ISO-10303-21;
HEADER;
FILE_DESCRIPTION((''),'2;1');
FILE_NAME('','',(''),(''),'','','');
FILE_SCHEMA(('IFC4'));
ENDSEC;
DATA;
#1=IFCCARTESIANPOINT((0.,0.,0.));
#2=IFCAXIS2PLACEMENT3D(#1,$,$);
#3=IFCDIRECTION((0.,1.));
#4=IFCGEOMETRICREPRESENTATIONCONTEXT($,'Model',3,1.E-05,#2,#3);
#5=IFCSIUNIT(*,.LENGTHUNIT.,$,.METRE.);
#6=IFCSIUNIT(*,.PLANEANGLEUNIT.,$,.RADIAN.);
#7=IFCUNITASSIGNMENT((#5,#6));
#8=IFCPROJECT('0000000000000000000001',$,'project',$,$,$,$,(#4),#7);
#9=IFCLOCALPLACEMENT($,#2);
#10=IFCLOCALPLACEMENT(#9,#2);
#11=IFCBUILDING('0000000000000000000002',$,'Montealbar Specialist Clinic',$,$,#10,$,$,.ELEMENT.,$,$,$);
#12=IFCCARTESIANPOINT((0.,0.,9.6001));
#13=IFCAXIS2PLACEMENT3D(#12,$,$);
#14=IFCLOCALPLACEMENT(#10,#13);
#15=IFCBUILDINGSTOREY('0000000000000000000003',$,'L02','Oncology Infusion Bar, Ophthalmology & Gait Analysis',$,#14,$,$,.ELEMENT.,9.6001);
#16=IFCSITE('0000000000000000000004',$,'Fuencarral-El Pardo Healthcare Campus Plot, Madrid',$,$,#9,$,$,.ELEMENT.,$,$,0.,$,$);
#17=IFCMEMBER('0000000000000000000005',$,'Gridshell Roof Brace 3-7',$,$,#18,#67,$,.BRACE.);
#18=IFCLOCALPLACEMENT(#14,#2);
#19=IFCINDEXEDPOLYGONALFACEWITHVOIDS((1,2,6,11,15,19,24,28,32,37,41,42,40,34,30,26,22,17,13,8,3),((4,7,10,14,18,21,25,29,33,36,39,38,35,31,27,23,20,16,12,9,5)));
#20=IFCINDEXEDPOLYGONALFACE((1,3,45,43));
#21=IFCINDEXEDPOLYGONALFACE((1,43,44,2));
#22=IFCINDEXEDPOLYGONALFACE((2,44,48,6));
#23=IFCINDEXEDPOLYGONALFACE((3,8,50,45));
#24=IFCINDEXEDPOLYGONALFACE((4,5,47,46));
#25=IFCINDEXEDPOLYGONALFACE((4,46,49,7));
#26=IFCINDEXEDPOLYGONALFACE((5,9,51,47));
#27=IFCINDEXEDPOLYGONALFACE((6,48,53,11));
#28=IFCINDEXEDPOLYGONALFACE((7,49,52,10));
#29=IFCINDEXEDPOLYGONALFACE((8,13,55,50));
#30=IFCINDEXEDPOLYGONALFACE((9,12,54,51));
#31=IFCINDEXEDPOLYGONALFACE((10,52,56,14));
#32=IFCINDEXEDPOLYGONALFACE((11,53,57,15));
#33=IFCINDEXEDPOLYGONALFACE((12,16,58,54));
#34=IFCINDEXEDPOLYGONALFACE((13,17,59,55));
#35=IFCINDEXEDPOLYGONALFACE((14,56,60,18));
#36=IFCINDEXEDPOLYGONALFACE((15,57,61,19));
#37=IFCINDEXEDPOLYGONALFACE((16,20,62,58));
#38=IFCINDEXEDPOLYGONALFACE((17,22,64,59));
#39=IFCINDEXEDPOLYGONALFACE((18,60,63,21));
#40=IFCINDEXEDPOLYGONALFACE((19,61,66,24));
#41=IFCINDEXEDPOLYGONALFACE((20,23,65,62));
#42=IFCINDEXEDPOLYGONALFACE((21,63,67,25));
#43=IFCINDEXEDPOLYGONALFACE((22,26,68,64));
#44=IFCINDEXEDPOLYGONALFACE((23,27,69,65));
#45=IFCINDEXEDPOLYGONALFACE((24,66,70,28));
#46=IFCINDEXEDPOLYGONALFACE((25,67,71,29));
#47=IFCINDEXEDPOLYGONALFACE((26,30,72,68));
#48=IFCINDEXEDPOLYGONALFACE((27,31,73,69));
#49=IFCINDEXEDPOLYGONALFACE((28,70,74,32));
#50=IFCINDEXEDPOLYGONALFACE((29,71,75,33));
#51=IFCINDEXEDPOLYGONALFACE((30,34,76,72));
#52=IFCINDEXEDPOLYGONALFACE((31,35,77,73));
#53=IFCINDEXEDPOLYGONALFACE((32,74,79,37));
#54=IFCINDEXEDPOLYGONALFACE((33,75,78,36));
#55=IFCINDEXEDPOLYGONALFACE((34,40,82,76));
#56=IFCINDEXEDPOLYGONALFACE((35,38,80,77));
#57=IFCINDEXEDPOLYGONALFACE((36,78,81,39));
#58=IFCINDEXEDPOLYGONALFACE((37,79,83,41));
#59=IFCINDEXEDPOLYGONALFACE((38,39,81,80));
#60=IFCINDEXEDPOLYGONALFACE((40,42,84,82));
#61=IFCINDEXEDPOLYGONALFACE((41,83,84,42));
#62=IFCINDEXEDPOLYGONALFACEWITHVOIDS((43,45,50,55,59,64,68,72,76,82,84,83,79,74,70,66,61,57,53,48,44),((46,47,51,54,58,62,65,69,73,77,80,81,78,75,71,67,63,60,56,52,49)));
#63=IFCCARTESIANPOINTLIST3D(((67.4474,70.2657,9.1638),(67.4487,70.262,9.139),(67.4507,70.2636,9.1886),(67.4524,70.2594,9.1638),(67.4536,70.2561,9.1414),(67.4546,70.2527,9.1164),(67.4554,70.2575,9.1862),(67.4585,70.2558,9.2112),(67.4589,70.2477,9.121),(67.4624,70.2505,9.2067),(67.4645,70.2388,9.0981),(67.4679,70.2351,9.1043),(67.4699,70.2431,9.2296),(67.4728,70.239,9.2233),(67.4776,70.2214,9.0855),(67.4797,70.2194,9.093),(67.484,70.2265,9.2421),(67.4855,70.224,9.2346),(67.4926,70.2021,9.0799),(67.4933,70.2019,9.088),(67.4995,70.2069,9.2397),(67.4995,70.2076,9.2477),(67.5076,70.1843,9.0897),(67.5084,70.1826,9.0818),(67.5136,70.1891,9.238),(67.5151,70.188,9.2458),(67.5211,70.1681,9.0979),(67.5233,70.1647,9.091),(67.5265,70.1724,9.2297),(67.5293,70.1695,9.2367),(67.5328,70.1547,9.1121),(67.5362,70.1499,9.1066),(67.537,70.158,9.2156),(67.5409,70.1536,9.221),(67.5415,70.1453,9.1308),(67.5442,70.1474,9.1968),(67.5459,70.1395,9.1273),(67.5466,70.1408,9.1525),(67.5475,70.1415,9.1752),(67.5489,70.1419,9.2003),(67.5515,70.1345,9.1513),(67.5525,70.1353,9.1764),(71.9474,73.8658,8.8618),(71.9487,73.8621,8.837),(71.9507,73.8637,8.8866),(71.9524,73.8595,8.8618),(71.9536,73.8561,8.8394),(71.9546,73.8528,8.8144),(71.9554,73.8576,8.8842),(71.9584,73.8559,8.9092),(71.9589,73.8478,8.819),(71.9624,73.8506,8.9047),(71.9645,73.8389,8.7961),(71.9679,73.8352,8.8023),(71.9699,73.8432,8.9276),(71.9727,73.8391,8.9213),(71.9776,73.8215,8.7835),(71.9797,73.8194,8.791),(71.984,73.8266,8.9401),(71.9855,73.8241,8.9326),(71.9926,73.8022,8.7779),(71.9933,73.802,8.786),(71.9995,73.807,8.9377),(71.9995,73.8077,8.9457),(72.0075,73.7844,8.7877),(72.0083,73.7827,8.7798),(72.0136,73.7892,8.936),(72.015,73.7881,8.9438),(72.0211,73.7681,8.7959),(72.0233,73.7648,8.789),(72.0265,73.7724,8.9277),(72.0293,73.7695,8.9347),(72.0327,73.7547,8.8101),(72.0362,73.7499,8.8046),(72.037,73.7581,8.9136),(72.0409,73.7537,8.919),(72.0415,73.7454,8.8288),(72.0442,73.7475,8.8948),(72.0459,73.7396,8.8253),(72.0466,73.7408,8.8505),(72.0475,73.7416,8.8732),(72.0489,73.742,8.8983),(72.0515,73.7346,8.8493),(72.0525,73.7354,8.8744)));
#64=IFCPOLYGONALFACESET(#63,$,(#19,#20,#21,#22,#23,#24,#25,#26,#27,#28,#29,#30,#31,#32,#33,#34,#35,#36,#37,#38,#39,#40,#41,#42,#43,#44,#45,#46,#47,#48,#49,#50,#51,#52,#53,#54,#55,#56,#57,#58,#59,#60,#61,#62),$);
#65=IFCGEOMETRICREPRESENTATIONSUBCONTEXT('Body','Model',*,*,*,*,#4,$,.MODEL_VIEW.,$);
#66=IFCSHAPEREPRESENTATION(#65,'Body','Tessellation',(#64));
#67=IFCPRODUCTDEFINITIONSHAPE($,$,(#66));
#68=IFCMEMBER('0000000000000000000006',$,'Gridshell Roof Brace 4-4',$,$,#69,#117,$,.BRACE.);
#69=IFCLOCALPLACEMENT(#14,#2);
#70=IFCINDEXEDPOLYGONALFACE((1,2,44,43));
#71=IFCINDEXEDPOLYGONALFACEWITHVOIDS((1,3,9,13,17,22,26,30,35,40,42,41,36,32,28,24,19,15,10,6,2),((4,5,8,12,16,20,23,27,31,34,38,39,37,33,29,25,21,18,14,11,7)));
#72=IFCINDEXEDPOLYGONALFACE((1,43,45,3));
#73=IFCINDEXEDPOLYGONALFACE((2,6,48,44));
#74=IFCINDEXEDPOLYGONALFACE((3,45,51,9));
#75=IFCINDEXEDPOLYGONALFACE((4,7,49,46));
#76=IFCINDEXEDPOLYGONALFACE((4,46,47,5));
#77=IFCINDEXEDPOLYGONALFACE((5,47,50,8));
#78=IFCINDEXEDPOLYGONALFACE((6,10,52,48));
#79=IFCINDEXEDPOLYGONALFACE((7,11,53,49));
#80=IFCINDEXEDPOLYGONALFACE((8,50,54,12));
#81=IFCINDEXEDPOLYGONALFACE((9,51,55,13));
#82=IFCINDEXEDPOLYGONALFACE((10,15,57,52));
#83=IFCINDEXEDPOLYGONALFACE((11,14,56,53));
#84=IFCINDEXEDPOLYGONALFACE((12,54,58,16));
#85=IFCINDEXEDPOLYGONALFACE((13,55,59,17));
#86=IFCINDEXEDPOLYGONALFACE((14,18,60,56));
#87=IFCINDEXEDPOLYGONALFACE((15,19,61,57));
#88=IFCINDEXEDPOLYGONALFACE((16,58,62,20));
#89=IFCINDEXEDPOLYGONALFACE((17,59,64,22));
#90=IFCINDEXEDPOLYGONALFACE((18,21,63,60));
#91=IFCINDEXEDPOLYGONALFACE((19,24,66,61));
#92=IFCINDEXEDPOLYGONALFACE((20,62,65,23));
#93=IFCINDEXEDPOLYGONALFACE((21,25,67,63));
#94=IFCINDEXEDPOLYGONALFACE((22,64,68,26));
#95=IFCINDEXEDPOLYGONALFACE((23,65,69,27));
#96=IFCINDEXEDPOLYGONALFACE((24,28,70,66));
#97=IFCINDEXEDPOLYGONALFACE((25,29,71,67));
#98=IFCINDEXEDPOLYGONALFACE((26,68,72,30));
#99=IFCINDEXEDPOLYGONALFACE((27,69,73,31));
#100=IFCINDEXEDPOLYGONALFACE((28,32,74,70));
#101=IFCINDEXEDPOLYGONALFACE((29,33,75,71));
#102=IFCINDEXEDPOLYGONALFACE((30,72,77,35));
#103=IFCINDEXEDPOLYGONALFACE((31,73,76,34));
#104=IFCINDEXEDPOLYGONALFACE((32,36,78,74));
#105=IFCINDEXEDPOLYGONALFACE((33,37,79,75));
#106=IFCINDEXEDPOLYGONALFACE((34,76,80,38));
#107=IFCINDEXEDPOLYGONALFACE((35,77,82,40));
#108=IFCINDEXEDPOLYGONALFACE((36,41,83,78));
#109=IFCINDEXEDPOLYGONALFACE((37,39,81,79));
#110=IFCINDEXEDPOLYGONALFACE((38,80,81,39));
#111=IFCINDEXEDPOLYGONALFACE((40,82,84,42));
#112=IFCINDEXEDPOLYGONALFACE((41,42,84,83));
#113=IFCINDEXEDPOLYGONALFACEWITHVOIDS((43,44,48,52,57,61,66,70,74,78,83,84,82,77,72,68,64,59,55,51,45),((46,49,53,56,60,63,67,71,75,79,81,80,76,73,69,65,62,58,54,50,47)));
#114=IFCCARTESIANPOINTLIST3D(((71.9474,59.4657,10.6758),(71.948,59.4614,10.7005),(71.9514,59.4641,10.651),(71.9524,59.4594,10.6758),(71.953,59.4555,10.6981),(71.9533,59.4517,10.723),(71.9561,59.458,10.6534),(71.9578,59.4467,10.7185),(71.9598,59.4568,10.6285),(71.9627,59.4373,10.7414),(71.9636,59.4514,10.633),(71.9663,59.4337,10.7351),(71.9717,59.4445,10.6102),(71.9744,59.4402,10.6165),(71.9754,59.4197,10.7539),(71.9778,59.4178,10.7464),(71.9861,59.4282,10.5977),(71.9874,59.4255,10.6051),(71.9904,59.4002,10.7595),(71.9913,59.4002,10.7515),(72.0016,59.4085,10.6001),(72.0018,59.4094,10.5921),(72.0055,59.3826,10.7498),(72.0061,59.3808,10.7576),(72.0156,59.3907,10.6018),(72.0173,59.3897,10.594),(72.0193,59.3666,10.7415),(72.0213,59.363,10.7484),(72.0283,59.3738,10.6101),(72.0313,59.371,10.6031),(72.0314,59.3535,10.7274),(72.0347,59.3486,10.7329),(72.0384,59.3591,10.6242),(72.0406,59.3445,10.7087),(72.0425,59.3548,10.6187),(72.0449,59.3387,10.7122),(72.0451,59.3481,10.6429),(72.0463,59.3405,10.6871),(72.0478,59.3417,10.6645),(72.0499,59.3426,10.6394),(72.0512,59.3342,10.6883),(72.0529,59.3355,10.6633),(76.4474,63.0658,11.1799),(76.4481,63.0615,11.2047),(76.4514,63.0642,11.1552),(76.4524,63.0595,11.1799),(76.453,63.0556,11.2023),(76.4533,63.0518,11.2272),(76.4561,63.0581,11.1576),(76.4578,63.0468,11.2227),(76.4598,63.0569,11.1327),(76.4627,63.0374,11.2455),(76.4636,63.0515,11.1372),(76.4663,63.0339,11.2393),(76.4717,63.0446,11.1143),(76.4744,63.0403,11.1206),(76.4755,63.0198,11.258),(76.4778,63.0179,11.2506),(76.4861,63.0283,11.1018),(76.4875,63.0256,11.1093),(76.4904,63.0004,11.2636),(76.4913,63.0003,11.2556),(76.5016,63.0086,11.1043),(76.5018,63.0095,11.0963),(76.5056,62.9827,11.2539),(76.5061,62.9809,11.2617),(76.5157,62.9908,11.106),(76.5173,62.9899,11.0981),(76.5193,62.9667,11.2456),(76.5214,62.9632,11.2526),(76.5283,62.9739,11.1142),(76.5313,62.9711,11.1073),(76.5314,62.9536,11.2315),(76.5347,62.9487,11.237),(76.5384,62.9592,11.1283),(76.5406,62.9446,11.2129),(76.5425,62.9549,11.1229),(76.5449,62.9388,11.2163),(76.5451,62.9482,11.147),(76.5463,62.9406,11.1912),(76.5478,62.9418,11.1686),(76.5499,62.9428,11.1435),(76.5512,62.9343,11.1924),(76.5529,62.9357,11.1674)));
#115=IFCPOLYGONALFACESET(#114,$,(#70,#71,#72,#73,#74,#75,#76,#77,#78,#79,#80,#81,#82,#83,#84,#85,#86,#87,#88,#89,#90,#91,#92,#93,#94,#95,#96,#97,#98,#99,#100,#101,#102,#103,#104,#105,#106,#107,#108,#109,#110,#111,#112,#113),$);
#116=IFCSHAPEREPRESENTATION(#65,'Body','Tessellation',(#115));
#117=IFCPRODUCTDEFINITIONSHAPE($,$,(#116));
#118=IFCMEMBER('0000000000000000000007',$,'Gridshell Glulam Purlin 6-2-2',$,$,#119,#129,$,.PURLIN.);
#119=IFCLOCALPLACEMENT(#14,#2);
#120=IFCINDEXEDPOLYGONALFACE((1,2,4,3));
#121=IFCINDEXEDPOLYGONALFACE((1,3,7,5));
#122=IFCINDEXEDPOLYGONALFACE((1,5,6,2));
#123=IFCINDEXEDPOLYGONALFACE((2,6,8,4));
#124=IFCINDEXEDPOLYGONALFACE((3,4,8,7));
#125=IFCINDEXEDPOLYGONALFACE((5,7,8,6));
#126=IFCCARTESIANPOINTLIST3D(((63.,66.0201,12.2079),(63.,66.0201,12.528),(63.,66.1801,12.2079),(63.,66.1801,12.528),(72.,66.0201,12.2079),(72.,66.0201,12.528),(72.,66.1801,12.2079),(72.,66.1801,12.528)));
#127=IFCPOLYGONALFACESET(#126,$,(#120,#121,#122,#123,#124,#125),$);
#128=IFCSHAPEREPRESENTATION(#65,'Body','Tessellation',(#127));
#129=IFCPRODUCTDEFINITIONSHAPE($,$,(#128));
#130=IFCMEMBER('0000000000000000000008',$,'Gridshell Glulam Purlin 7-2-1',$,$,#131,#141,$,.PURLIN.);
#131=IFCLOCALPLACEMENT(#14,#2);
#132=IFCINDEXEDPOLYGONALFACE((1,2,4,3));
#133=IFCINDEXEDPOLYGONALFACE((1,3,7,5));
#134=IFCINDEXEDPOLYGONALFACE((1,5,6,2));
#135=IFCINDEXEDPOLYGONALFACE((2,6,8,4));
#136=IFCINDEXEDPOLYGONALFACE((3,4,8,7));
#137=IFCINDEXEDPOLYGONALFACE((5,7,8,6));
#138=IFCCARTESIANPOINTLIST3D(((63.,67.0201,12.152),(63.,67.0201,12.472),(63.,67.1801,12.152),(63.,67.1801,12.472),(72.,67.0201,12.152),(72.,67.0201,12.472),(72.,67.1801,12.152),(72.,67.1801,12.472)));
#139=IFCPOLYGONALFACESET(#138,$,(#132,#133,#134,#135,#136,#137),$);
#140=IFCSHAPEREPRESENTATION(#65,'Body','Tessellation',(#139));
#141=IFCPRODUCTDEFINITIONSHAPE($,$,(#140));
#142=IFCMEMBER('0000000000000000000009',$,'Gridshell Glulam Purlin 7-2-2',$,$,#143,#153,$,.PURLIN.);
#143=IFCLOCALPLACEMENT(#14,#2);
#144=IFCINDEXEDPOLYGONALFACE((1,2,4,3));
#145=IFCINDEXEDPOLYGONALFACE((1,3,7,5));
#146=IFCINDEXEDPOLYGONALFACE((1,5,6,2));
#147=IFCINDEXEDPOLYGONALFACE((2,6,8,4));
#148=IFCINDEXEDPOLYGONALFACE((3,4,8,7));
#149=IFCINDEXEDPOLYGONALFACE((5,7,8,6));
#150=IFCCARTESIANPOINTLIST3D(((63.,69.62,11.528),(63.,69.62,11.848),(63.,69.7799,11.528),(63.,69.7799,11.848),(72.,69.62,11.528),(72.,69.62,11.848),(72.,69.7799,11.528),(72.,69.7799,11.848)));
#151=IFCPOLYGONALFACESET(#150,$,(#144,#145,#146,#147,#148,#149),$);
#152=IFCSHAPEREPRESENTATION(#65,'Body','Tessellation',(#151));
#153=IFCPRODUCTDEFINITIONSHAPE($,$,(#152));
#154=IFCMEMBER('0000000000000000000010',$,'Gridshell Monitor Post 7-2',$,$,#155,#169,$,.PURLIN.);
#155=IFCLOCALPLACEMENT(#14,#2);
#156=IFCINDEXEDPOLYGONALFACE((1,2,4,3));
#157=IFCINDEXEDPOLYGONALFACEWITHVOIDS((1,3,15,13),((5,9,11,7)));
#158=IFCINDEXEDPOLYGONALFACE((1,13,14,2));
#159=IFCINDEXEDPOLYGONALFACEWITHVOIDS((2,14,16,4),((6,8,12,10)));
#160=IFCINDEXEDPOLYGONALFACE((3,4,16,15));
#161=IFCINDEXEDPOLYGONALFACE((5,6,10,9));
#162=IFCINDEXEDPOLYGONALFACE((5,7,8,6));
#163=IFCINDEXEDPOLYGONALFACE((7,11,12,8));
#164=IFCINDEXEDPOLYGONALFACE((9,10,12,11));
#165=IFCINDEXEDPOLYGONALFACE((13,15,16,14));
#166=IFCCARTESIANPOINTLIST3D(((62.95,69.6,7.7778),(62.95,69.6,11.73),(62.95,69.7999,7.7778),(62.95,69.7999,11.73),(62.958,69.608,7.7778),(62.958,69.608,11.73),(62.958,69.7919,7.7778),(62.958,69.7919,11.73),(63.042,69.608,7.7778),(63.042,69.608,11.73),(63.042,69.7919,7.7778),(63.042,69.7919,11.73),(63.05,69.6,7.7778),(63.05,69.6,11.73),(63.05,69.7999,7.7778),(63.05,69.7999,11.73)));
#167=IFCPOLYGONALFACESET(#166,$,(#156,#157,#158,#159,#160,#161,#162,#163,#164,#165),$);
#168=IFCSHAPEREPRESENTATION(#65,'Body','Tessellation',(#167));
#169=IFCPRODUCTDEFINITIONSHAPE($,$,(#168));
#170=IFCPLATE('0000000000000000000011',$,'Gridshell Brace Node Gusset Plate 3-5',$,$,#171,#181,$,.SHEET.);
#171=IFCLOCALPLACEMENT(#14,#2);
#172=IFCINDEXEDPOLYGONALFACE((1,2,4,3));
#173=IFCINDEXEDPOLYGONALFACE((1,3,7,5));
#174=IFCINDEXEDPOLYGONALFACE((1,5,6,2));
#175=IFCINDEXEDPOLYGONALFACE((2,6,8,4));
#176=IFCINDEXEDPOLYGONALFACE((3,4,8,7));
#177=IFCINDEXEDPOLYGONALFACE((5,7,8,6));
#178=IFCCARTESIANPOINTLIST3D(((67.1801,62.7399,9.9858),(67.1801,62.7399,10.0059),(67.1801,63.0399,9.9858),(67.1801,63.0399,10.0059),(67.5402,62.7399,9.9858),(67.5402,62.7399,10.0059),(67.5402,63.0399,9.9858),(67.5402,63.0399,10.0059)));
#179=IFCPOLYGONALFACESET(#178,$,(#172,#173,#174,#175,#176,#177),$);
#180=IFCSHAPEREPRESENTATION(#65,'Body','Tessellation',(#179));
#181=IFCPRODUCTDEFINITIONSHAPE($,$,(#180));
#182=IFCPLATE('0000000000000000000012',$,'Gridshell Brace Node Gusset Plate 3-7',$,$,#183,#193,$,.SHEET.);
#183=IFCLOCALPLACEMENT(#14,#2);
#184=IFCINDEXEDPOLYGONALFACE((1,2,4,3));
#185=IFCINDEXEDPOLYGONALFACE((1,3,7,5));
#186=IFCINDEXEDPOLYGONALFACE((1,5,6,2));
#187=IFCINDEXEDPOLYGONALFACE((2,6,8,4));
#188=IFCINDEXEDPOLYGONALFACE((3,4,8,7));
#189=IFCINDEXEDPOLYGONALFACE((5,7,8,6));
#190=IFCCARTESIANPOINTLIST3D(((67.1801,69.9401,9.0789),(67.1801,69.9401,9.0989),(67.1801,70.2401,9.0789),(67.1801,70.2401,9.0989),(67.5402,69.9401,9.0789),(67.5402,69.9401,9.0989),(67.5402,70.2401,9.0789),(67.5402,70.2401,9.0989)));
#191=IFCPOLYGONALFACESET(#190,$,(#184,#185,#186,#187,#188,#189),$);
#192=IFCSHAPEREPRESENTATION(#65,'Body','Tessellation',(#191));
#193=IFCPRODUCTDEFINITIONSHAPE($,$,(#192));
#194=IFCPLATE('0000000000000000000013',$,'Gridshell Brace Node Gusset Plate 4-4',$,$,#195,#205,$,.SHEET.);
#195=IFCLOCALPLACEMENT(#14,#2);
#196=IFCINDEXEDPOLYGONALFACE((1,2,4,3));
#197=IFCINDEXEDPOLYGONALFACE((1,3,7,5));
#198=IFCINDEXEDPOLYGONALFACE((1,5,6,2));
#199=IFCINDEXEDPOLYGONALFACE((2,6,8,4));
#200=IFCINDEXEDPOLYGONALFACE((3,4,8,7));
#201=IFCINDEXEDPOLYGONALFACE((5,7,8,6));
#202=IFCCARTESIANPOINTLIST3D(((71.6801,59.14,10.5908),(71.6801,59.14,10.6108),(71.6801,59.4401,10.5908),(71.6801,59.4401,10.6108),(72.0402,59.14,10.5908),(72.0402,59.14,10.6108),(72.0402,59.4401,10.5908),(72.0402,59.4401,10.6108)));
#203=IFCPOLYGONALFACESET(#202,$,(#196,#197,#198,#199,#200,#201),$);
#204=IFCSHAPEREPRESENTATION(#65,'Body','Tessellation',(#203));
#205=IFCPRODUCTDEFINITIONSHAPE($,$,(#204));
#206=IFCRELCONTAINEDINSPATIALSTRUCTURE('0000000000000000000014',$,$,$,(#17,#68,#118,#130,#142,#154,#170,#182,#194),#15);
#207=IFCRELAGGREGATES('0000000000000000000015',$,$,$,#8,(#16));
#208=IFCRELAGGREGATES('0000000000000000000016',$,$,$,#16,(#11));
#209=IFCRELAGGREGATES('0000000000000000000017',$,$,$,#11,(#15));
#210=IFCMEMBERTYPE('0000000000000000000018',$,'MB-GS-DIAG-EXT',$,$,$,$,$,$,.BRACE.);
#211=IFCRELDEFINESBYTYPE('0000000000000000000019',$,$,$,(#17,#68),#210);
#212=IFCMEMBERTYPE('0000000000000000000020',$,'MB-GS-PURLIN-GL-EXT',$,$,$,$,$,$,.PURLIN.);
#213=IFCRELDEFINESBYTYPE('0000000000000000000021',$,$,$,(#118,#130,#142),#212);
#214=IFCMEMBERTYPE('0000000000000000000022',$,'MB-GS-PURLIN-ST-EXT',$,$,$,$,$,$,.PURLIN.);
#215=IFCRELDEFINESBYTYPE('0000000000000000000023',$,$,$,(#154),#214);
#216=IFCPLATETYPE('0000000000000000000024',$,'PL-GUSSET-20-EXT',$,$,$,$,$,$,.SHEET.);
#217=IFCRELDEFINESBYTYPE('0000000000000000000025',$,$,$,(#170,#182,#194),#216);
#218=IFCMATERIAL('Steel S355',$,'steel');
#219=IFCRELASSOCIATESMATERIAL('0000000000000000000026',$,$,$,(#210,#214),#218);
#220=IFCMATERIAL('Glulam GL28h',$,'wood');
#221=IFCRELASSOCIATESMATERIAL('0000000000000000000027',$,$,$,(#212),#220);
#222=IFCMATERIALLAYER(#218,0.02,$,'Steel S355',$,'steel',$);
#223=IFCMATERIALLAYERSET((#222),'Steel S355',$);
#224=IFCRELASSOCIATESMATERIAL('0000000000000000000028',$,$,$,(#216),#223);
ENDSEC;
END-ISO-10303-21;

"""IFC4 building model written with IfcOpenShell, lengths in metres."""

from ifc_helpers import new_model, si_unit, direction, frame, origin, origin_2d, place, context, subcontext, project, spatial, rectangle, hollow_rectangle, hollow_circle, extrude, material, layer, layer_set, material_profile, profile_set, type_object, element, save


model = new_model("IFC4")

# Units and contexts
model_context = context("Model", 3, precision=1e-05, world=origin(), true_north=direction((0.0, 1.0)))
body_context = subcontext(model_context, "Body", "Model", "MODEL_VIEW")
ifc_project = project(units=[si_unit("LENGTHUNIT", "METRE"), si_unit("PLANEANGLEUNIT", "RADIAN")], contexts=[model_context])

# Site, building, storey
site_placement = place(None, origin())
site = spatial("IfcSite", under=ifc_project, at=site_placement, Name="Fuencarral-El Pardo Healthcare Campus Plot, Madrid", CompositionType="ELEMENT", RefElevation=0.0)
building_placement = place(site_placement, origin())
building = spatial("IfcBuilding", under=site, at=building_placement, Name="Montealbar Specialist Clinic", CompositionType="ELEMENT")
storey_placement = place(building_placement, frame((0.0, 0.0, 9.6001)))
storey = spatial("IfcBuildingStorey", under=building, at=storey_placement, Name="L02", Description="Oncology Infusion Bar, Ophthalmology & Gait Analysis", CompositionType="ELEMENT", Elevation=9.6001)

# Shared definitions
ifc_material_1 = material(Name="Steel S355", Category="steel")
ifc_material_2 = material(Name="Glulam GL28h", Category="wood")

# Members
ifc_material_profile_1 = material_profile(ifc_material_1, hollow_circle(Radius=0.0842, WallThickness=0.0081, at=origin_2d()), Name="CHS 168.3x8.0", Category="steel")
ifc_profile_set_1 = profile_set([ifc_material_profile_1], Name="Steel S355")
member_type_1 = type_object("IfcMemberType", Name="MB-GS-DIAG-EXT", PredefinedType="BRACE", material=ifc_profile_set_1)
member_1_placement = place(storey_placement, frame((67.5, 70.2, 9.1638), z_axis=(0.779791, 0.623849, -0.052333), x_axis=(-0.624705, 0.780861, 0.0)))
element("IfcMember", 1, at=member_1_placement, inside=storey, type_object=member_type_1, Name="Gridshell Roof Brace 3-7", PredefinedType="BRACE", context=body_context, shape_type="SweptSolid", body=[
    extrude(hollow_circle(Radius=0.0842, WallThickness=0.0081, at=origin_2d()), origin(), (0.0, 0.0, 1.0), 5.7708),
])
member_2_placement = place(storey_placement, frame((72.0, 59.3999, 10.6758), z_axis=(0.77789, 0.622329, 0.08715), x_axis=(-0.624705, 0.780861, 0.0)))
element("IfcMember", 2, at=member_2_placement, inside=storey, type_object=member_type_1, Name="Gridshell Roof Brace 4-4", PredefinedType="BRACE", context=body_context, shape_type="SweptSolid", body=[
    extrude(hollow_circle(Radius=0.0842, WallThickness=0.0081, at=origin_2d()), origin(), (0.0, 0.0, 1.0), 5.7849),
])
ifc_material_profile_2 = material_profile(ifc_material_2, rectangle(XDim=0.1599, YDim=0.3201, at=origin_2d()), Name="GL28h 160x320", Category="wood")
ifc_profile_set_2 = profile_set([ifc_material_profile_2], Name="Glulam GL28h")
member_type_2 = type_object("IfcMemberType", Name="MB-GS-PURLIN-GL-EXT", PredefinedType="PURLIN", material=ifc_profile_set_2)
for number, where, z_axis, x_axis, name in (
    (3, (63.0, 66.1001, 12.3679), (1.0, 0.0, 0.0), (0.0, 1.0, 0.0), "Gridshell Glulam Purlin 6-2-2"),
    (4, (63.0, 67.1001, 12.312), (1.0, 0.0, 0.0), (0.0, 1.0, 0.0), "Gridshell Glulam Purlin 7-2-1"),
    (5, (63.0, 69.7, 11.688), (1.0, 0.0, 0.0), (0.0, 1.0, 0.0), "Gridshell Glulam Purlin 7-2-2"),
):
    element("IfcMember", number, at=place(storey_placement, frame(where, z_axis=z_axis, x_axis=x_axis)), inside=storey, type_object=member_type_2, Name=name, PredefinedType="PURLIN", context=body_context, shape_type="SweptSolid", body=[
        extrude(rectangle(XDim=0.1599, YDim=0.3201, at=origin_2d()), origin(), (0.0, 0.0, 1.0), 9.0),
    ])
ifc_material_profile_3 = material_profile(ifc_material_1, hollow_rectangle(XDim=0.1001, YDim=0.2, WallThickness=0.0081, at=origin_2d()), Name="RHS 200x100x8", Category="steel")
ifc_profile_set_3 = profile_set([ifc_material_profile_3], Name="Steel S355")
member_type_3 = type_object("IfcMemberType", Name="MB-GS-PURLIN-ST-EXT", PredefinedType="PURLIN", material=ifc_profile_set_3)
member_3_placement = place(storey_placement, frame((63.0, 69.7, 7.7778), z_axis=(0.0, 0.0, 1.0), x_axis=(1.0, 0.0, 0.0)))
element("IfcMember", 6, at=member_3_placement, inside=storey, type_object=member_type_3, Name="Gridshell Monitor Post 7-2", PredefinedType="PURLIN", context=body_context, shape_type="SweptSolid", body=[
    extrude(hollow_rectangle(XDim=0.1001, YDim=0.2, WallThickness=0.0081, at=origin_2d()), origin(), (0.0, 0.0, 1.0), 3.9521),
])

# Plates
ifc_layer_1 = layer(ifc_material_1, 0.02, Name="Steel S355", Category="steel")
ifc_layer_set_1 = layer_set([ifc_layer_1], Name="Steel S355")
plate_type = type_object("IfcPlateType", Name="PL-GUSSET-20-EXT", PredefinedType="SHEET", material=ifc_layer_set_1)
for number, where, z_axis, x_axis, name in (
    (7, (67.3601, 62.8899, 9.9858), (0.0, 0.0, 1.0), (1.0, 0.0, 0.0), "Gridshell Brace Node Gusset Plate 3-5"),
    (8, (67.3601, 70.0901, 9.0789), (0.0, 0.0, 1.0), (1.0, 0.0, 0.0), "Gridshell Brace Node Gusset Plate 3-7"),
    (9, (71.8601, 59.29, 10.5908), (0.0, 0.0, 1.0), (1.0, 0.0, 0.0), "Gridshell Brace Node Gusset Plate 4-4"),
):
    element("IfcPlate", number, at=place(storey_placement, frame(where, z_axis=z_axis, x_axis=x_axis)), inside=storey, type_object=plate_type, Name=name, PredefinedType="SHEET", context=body_context, shape_type="SweptSolid", body=[
        extrude(rectangle(XDim=0.3601, YDim=0.3, at=origin_2d()), origin(), (0.0, 0.0, 1.0), 0.02),
    ])

save(model, "model.ifc")
